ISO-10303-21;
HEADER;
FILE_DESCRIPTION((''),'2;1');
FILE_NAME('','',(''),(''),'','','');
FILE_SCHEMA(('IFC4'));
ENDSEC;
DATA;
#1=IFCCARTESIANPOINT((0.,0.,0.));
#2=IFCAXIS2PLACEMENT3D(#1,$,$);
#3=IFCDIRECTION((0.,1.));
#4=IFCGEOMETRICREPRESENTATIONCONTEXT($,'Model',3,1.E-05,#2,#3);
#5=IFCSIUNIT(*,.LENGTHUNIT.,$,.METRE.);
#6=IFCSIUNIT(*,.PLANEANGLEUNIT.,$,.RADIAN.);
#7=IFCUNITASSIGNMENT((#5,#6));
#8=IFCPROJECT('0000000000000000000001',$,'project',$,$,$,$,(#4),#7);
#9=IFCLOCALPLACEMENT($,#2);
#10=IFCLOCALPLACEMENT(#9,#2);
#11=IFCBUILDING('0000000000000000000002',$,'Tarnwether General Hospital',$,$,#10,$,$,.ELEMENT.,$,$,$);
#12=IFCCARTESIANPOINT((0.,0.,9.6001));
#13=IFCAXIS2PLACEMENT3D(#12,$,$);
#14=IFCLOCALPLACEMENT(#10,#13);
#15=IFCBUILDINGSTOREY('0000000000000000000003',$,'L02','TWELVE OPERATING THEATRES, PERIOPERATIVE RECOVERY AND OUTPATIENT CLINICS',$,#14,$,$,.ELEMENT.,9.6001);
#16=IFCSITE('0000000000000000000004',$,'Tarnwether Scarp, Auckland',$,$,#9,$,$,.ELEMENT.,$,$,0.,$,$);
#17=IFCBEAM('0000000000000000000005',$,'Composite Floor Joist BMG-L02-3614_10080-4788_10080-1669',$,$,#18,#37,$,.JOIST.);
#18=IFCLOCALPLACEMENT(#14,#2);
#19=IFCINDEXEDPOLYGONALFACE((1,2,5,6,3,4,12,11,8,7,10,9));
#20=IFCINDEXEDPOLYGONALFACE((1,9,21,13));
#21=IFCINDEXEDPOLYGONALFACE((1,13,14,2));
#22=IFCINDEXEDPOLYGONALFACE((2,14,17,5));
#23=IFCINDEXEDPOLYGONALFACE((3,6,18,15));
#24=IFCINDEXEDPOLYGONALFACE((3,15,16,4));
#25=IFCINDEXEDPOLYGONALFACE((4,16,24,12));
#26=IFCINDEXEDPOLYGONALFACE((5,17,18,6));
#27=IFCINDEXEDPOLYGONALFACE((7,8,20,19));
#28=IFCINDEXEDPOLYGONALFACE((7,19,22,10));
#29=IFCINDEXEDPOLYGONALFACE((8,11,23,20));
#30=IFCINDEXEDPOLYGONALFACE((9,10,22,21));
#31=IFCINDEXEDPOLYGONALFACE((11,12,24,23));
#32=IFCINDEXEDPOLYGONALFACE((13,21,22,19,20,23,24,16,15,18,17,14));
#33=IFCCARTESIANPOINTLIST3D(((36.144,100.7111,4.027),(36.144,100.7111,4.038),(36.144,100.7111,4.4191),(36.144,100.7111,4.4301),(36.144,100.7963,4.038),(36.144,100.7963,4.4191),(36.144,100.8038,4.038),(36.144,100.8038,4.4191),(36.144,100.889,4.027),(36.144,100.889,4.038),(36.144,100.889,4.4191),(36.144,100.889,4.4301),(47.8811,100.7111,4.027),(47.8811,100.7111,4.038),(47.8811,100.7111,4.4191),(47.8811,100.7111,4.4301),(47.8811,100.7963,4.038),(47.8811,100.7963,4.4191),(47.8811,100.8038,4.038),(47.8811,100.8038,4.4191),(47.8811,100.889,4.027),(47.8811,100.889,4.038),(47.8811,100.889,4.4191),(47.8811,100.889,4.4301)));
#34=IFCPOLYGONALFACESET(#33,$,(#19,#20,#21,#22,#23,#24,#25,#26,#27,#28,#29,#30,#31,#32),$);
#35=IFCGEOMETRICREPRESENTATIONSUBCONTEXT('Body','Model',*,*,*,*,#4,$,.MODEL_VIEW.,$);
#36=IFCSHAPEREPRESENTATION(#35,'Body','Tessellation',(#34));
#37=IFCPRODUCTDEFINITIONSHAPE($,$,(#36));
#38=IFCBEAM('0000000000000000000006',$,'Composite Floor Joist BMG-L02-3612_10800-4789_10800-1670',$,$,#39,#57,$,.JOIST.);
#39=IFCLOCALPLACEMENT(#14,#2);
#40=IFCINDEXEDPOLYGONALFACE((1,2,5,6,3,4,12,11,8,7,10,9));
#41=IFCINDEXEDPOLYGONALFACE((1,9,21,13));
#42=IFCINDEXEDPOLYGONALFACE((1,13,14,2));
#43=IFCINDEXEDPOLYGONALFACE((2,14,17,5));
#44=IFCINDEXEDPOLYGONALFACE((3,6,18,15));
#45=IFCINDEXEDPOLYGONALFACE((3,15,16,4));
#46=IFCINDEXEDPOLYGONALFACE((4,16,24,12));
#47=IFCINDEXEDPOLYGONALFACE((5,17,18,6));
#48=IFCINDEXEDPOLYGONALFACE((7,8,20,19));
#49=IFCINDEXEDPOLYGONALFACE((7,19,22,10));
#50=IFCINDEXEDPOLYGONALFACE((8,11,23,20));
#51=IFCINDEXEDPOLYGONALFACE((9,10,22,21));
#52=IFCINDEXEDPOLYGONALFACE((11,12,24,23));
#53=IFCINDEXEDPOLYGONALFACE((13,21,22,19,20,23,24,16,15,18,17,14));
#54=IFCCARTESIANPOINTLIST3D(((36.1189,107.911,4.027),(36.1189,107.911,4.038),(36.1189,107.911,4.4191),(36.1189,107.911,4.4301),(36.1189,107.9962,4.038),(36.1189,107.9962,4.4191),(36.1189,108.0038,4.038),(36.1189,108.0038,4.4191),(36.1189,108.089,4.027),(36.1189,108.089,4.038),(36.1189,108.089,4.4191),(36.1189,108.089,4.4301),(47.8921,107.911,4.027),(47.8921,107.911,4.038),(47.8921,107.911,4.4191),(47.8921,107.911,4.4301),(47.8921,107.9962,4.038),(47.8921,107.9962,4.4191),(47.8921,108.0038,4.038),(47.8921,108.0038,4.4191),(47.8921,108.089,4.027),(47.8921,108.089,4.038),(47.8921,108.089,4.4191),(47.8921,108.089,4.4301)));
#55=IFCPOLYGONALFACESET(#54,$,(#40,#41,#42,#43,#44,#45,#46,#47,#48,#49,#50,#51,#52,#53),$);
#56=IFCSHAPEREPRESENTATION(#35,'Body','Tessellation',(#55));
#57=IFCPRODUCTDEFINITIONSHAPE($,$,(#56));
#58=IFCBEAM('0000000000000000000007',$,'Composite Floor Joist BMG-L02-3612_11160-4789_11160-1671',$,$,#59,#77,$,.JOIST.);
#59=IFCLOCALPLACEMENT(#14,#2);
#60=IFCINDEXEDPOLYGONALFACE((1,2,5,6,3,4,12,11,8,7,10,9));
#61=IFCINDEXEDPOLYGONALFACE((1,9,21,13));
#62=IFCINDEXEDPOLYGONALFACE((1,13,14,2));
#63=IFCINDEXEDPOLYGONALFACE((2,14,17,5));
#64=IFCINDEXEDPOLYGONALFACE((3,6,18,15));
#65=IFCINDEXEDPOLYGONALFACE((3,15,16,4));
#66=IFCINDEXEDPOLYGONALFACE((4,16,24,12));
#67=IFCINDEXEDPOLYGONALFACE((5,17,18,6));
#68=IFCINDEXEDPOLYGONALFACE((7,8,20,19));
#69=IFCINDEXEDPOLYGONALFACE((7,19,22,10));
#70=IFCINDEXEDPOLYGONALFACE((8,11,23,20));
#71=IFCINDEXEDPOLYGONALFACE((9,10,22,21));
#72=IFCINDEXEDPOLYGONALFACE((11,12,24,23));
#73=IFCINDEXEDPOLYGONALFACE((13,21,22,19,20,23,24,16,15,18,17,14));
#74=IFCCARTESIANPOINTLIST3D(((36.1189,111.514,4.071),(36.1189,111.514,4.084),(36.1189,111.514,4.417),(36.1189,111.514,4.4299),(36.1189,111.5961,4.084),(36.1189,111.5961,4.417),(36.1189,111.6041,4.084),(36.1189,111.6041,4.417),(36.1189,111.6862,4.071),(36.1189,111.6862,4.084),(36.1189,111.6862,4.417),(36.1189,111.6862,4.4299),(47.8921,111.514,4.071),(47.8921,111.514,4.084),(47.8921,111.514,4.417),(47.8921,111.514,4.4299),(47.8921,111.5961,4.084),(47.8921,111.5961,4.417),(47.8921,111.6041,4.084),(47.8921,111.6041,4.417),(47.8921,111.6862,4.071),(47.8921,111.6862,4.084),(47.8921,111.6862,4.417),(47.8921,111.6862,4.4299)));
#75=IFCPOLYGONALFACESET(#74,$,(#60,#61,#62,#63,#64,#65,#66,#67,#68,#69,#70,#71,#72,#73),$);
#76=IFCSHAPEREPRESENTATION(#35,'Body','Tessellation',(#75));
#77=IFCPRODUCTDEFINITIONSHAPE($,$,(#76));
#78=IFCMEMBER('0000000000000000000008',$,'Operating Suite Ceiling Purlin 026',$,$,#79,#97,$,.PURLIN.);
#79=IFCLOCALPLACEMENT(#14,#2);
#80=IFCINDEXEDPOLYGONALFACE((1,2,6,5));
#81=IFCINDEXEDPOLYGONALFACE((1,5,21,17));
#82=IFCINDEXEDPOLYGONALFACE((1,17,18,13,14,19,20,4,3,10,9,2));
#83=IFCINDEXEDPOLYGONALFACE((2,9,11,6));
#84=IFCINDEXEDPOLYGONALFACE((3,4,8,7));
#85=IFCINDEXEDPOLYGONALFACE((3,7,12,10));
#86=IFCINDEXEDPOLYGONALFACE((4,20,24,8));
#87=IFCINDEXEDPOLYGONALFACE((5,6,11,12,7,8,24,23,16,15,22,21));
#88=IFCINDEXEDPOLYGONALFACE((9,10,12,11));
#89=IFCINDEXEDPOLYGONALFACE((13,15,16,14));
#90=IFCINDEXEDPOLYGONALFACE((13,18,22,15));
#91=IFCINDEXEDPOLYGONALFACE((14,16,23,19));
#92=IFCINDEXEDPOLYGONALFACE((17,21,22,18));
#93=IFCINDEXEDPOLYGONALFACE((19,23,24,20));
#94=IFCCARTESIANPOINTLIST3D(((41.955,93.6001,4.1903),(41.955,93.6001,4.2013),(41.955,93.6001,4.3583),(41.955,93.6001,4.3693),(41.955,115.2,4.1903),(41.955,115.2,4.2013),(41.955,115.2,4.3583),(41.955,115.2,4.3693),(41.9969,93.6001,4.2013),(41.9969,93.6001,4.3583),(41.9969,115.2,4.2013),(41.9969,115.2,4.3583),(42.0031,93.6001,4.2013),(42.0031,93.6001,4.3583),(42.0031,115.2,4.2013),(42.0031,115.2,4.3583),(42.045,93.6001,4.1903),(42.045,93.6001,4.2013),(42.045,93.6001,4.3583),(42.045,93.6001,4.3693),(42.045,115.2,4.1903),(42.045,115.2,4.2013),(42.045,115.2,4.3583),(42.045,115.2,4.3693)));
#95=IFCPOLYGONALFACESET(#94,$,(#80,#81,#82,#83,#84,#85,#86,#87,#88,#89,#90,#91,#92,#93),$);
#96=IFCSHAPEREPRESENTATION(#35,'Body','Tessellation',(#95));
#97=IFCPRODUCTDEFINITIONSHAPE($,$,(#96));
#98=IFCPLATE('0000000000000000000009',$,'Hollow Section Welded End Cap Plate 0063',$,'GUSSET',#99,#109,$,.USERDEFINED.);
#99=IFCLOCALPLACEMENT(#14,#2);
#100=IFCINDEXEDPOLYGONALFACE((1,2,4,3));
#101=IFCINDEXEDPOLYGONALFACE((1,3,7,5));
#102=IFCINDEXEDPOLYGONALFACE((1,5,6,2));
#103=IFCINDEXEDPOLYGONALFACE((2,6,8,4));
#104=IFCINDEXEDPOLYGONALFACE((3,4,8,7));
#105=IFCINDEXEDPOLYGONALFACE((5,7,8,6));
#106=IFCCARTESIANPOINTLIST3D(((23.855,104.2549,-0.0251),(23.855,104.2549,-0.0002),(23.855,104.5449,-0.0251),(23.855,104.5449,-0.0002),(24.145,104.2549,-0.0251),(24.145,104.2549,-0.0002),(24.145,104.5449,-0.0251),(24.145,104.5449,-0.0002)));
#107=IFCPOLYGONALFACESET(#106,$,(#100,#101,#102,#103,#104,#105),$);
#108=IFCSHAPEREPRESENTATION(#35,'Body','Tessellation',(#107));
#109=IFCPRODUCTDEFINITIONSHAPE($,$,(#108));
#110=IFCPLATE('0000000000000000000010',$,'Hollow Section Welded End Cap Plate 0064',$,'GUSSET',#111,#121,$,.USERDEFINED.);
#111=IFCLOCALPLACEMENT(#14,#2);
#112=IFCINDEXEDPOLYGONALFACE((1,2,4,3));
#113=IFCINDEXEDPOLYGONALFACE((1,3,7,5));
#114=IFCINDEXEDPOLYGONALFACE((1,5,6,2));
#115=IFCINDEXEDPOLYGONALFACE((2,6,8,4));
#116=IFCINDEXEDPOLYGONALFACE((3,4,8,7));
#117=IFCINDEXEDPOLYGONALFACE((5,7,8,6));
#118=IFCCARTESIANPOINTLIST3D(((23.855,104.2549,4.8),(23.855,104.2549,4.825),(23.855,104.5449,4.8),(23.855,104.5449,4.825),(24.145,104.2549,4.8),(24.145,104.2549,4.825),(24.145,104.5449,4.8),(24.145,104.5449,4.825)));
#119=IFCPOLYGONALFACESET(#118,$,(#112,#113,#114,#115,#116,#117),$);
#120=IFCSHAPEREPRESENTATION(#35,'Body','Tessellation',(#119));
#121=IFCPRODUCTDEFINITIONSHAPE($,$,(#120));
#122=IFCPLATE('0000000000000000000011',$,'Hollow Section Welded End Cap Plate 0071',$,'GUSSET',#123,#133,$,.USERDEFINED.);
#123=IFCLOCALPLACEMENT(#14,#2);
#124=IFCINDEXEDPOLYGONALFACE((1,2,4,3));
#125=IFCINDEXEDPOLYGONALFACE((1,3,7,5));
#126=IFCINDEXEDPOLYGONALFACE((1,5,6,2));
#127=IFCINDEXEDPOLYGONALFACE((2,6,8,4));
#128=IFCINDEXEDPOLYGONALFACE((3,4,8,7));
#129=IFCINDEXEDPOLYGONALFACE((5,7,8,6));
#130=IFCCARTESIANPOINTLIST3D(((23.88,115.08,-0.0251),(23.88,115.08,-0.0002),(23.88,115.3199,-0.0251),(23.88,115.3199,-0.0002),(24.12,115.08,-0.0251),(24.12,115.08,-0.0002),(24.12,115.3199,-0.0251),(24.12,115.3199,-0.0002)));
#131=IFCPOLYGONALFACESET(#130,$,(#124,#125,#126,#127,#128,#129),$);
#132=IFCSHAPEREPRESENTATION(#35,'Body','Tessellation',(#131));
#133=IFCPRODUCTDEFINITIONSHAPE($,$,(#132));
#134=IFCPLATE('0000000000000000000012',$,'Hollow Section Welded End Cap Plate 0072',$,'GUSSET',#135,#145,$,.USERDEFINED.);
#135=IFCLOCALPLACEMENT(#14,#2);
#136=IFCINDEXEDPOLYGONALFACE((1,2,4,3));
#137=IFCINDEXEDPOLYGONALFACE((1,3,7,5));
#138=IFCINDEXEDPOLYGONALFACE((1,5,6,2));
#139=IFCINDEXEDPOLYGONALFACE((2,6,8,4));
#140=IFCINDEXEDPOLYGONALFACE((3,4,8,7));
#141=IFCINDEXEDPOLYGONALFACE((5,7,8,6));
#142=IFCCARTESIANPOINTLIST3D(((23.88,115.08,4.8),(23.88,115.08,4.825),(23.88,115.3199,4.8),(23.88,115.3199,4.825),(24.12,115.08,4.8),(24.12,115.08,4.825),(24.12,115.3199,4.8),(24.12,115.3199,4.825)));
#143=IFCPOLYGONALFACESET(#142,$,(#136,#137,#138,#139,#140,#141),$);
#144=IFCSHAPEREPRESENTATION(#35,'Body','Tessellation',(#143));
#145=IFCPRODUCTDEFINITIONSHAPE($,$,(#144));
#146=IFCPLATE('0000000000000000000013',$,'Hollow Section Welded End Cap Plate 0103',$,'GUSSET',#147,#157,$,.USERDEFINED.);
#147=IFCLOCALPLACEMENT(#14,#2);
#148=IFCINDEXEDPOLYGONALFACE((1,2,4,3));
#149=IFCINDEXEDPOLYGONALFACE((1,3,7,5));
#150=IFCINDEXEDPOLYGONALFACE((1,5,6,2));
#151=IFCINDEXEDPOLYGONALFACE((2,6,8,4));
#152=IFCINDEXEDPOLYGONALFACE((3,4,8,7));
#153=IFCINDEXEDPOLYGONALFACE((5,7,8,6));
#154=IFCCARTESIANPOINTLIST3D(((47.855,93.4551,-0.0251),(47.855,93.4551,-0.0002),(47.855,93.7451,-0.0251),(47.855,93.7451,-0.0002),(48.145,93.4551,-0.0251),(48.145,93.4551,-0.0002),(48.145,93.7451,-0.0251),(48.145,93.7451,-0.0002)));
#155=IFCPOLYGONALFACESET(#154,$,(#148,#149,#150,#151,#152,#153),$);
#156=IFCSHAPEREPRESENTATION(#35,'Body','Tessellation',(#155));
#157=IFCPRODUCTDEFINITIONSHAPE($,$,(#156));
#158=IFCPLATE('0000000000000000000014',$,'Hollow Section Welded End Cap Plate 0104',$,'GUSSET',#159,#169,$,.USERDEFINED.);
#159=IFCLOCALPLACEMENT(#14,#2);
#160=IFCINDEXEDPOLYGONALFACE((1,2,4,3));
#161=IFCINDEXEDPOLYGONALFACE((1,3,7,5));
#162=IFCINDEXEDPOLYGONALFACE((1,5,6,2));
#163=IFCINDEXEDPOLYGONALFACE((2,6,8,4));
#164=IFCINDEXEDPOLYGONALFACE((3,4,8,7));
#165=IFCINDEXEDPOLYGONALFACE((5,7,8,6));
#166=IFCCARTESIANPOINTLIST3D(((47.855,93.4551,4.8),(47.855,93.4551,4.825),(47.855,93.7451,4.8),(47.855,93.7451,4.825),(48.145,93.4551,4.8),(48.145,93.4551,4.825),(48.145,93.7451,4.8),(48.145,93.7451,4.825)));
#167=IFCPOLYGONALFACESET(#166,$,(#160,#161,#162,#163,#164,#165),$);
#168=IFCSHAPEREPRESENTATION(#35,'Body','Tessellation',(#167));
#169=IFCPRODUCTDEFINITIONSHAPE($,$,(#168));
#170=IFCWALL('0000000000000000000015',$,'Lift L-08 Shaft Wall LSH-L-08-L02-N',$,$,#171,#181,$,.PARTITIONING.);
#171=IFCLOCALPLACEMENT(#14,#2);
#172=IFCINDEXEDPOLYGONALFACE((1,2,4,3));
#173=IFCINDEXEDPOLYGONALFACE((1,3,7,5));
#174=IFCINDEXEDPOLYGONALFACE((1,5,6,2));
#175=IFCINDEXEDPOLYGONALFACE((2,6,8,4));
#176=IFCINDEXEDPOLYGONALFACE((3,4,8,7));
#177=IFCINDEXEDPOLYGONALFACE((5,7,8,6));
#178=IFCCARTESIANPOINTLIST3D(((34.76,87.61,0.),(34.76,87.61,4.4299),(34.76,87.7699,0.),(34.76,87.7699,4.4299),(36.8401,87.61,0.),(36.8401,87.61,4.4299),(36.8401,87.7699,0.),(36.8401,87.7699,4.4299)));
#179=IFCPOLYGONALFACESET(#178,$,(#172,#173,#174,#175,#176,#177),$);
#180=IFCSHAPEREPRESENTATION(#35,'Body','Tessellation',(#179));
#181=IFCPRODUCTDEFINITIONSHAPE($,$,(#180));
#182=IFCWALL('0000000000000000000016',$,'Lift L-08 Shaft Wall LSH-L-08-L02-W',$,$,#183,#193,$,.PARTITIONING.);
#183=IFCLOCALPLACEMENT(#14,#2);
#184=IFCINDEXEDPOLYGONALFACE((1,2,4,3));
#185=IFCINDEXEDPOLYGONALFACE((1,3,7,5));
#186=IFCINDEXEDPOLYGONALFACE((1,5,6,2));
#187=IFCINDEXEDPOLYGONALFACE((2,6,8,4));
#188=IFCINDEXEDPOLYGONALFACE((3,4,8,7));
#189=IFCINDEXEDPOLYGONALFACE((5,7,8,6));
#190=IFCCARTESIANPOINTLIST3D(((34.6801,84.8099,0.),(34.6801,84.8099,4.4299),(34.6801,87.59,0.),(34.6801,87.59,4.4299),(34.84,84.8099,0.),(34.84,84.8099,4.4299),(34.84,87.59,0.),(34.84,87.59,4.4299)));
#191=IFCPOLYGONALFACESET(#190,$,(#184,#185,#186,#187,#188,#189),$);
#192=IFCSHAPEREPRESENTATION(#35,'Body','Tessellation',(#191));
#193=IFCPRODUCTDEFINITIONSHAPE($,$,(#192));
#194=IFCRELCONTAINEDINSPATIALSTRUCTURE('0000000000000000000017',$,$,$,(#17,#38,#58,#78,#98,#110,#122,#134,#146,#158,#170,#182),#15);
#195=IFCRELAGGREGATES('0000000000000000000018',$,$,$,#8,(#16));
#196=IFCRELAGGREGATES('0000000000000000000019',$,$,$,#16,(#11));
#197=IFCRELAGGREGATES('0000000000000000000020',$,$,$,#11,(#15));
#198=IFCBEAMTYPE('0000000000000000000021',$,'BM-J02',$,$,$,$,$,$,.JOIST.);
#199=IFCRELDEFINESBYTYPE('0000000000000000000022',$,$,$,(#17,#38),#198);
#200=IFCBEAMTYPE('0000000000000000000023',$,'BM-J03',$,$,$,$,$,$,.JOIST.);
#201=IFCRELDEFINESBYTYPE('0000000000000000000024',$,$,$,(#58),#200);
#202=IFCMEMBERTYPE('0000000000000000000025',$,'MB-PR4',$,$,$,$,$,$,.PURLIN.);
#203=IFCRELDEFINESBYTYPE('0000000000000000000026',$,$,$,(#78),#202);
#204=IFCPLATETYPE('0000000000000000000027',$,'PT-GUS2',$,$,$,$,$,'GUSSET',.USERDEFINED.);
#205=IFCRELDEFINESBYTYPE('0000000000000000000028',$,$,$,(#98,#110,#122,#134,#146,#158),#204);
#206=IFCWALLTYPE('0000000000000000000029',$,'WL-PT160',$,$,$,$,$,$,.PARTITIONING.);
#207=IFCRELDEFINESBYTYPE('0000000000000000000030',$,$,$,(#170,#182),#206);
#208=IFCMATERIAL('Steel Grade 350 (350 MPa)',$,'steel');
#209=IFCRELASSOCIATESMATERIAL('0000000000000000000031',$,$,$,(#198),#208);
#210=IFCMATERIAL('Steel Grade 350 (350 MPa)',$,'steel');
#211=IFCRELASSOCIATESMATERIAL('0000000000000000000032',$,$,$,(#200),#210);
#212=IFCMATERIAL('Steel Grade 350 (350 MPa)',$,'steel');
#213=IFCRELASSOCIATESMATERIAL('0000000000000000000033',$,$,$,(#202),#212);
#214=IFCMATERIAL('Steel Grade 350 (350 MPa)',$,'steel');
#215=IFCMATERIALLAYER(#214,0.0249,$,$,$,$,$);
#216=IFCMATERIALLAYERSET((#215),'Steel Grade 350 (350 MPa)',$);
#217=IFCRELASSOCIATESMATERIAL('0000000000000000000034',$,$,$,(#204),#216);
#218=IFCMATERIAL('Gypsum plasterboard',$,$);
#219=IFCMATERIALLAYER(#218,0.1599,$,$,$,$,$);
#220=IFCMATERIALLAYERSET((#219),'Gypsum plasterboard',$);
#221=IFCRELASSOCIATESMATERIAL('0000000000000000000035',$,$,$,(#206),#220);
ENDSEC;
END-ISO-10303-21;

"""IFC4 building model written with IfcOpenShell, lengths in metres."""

from ifc_helpers import new_model, si_unit, direction, frame, frame_2d, origin, origin_2d, place, context, subcontext, project, spatial, rectangle, i_section, extrude, material, layer, layer_set, material_profile, profile_set, type_object, element, save


model = new_model("IFC4")

# Units and contexts
model_context = context("Model", 3, precision=1e-05, world=origin(), true_north=direction((0.0, 1.0)))
body_context = subcontext(model_context, "Body", "Model", "MODEL_VIEW")
ifc_project = project(units=[si_unit("LENGTHUNIT", "METRE"), si_unit("PLANEANGLEUNIT", "RADIAN")], contexts=[model_context])

# Site, building, storey
site_placement = place(None, origin())
site = spatial("IfcSite", under=ifc_project, at=site_placement, Name="Tarnwether Scarp, Auckland", CompositionType="ELEMENT", RefElevation=0.0)
building_placement = place(site_placement, origin())
building = spatial("IfcBuilding", under=site, at=building_placement, Name="Tarnwether General Hospital", CompositionType="ELEMENT")
storey_placement = place(building_placement, frame((0.0, 0.0, 9.6001)))
storey = spatial("IfcBuildingStorey", under=building, at=storey_placement, Name="L02", Description="TWELVE OPERATING THEATRES, PERIOPERATIVE RECOVERY AND OUTPATIENT CLINICS", CompositionType="ELEMENT", Elevation=9.6001)

# Beams
ifc_material_1 = material(Name="Steel Grade 350 (350 MPa)", Category="steel")
ifc_material_profile_1 = material_profile(ifc_material_1, i_section(OverallWidth=0.178, OverallDepth=0.4031, WebThickness=0.0076, FlangeThickness=0.011, at=origin_2d()), Name="410UB53.7")
ifc_profile_set_1 = profile_set([ifc_material_profile_1], Name="Steel Grade 350 (350 MPa)")
beam_type_1 = type_object("IfcBeamType", Name="BM-J02", PredefinedType="JOIST", material=ifc_profile_set_1)
for number, where, z_axis, x_axis, name in (
    (1, (36.144, 100.8, 4.2285), (1.0, 0.0, 0.0), (0.0, 1.0, 0.0), "Composite Floor Joist BMG-L02-3614_10080-4788_10080-1669"),
):
    element("IfcBeam", number, at=place(storey_placement, frame(where, z_axis=z_axis, x_axis=x_axis)), inside=storey, type_object=beam_type_1, Name=name, PredefinedType="JOIST", context=body_context, shape_type="SweptSolid", body=[
        extrude(i_section(OverallWidth=0.178, OverallDepth=0.4031, WebThickness=0.0076, FlangeThickness=0.011, at=origin_2d()), origin(), (0.0, 0.0, 1.0), 11.7371),
    ])
beam_1_placement = place(storey_placement, frame((36.1189, 108.0, 4.2285), z_axis=(1.0, 0.0, 0.0), x_axis=(0.0, 1.0, 0.0)))
element("IfcBeam", 2, at=beam_1_placement, inside=storey, type_object=beam_type_1, Name="Composite Floor Joist BMG-L02-3612_10800-4789_10800-1670", PredefinedType="JOIST", context=body_context, shape_type="SweptSolid", body=[
    extrude(i_section(OverallWidth=0.178, OverallDepth=0.4031, WebThickness=0.0076, FlangeThickness=0.011, at=origin_2d()), origin(), (0.0, 0.0, 1.0), 11.7732),
])
ifc_material_2 = material(Name="Steel Grade 350 (350 MPa)", Category="steel")
ifc_material_profile_2 = material_profile(ifc_material_2, i_section(OverallWidth=0.1721, OverallDepth=0.3589, WebThickness=0.0081, FlangeThickness=0.0129, at=origin_2d()), Name="360UB56.7")
ifc_profile_set_2 = profile_set([ifc_material_profile_2], Name="Steel Grade 350 (350 MPa)")
beam_type_2 = type_object("IfcBeamType", Name="BM-J03", PredefinedType="JOIST", material=ifc_profile_set_2)
beam_2_placement = place(storey_placement, frame((36.1189, 111.6001, 4.2505), z_axis=(1.0, 0.0, 0.0), x_axis=(0.0, 1.0, 0.0)))
element("IfcBeam", 3, at=beam_2_placement, inside=storey, type_object=beam_type_2, Name="Composite Floor Joist BMG-L02-3612_11160-4789_11160-1671", PredefinedType="JOIST", context=body_context, shape_type="SweptSolid", body=[
    extrude(i_section(OverallWidth=0.1721, OverallDepth=0.3589, WebThickness=0.0081, FlangeThickness=0.0129, at=origin_2d()), origin(), (0.0, 0.0, 1.0), 11.7732),
])

# Member
ifc_material_3 = material(Name="Steel Grade 350 (350 MPa)", Category="steel")
ifc_material_profile_3 = material_profile(ifc_material_3, i_section(OverallWidth=0.0901, OverallDepth=0.179, WebThickness=0.0061, FlangeThickness=0.011, at=origin_2d()), Name="180UB22.2")
ifc_profile_set_3 = profile_set([ifc_material_profile_3], Name="Steel Grade 350 (350 MPa)")
member_type = type_object("IfcMemberType", Name="MB-PR4", PredefinedType="PURLIN", material=ifc_profile_set_3)
member_placement = place(storey_placement, frame((42.0, 93.6001, 4.2798), z_axis=(0.0, 1.0, 0.0), x_axis=(-1.0, 0.0, 0.0)))
element("IfcMember", 4, at=member_placement, inside=storey, type_object=member_type, Name="Operating Suite Ceiling Purlin 026", PredefinedType="PURLIN", context=body_context, shape_type="SweptSolid", body=[
    extrude(i_section(OverallWidth=0.0901, OverallDepth=0.179, WebThickness=0.0061, FlangeThickness=0.011, at=origin_2d()), origin(), (0.0, 0.0, 1.0), 21.5999),
])

# Plates
ifc_material_4 = material(Name="Steel Grade 350 (350 MPa)", Category="steel")
ifc_layer_1 = layer(ifc_material_4, 0.0249)
ifc_layer_set_1 = layer_set([ifc_layer_1], Name="Steel Grade 350 (350 MPa)")
plate_type = type_object("IfcPlateType", Name="PT-GUS2", ElementType="GUSSET", PredefinedType="USERDEFINED", material=ifc_layer_set_1)
for number, where, z_axis, x_axis, name in (
    (5, (24.0, 104.3999, -0.0251), (0.0, 0.0, 1.0), (1.0, 0.0, 0.0), "Hollow Section Welded End Cap Plate 0063"),
    (6, (24.0, 104.3999, 4.8), (0.0, 0.0, 1.0), (1.0, 0.0, 0.0), "Hollow Section Welded End Cap Plate 0064"),
):
    element("IfcPlate", number, at=place(storey_placement, frame(where, z_axis=z_axis, x_axis=x_axis)), inside=storey, type_object=plate_type, Name=name, ObjectType="GUSSET", PredefinedType="USERDEFINED", context=body_context, shape_type="SweptSolid", body=[
        extrude(rectangle(XDim=0.29, YDim=0.29, at=origin_2d()), origin(), (0.0, 0.0, 1.0), 0.0249),
    ])
for number, where, z_axis, x_axis, name in (
    (7, (24.0, 115.2, -0.0251), (0.0, 0.0, 1.0), (1.0, 0.0, 0.0), "Hollow Section Welded End Cap Plate 0071"),
    (8, (24.0, 115.2, 4.8), (0.0, 0.0, 1.0), (1.0, 0.0, 0.0), "Hollow Section Welded End Cap Plate 0072"),
):
    element("IfcPlate", number, at=place(storey_placement, frame(where, z_axis=z_axis, x_axis=x_axis)), inside=storey, type_object=plate_type, Name=name, ObjectType="GUSSET", PredefinedType="USERDEFINED", context=body_context, shape_type="SweptSolid", body=[
        extrude(rectangle(XDim=0.24, YDim=0.24, at=origin_2d()), origin(), (0.0, 0.0, 1.0), 0.0249),
    ])
for number, where, z_axis, x_axis, name in (
    (9, (48.0, 93.6001, -0.0251), (0.0, 0.0, 1.0), (1.0, 0.0, 0.0), "Hollow Section Welded End Cap Plate 0103"),
    (10, (48.0, 93.6001, 4.8), (0.0, 0.0, 1.0), (1.0, 0.0, 0.0), "Hollow Section Welded End Cap Plate 0104"),
):
    element("IfcPlate", number, at=place(storey_placement, frame(where, z_axis=z_axis, x_axis=x_axis)), inside=storey, type_object=plate_type, Name=name, ObjectType="GUSSET", PredefinedType="USERDEFINED", context=body_context, shape_type="SweptSolid", body=[
        extrude(rectangle(XDim=0.29, YDim=0.29, at=origin_2d()), origin(), (0.0, 0.0, 1.0), 0.0249),
    ])

# Walls
ifc_material_5 = material(Name="Gypsum plasterboard")
ifc_layer_2 = layer(ifc_material_5, 0.1599)
ifc_layer_set_2 = layer_set([ifc_layer_2], Name="Gypsum plasterboard")
wall_type_1 = type_object("IfcWallType", Name="WL-PT160", PredefinedType="PARTITIONING", material=ifc_layer_set_2)
wall_1_placement = place(storey_placement, frame((36.8401, 87.6899, 0.0), z_axis=(0.0, 0.0, 1.0), x_axis=(-1.0, 0.0, 0.0)))
element("IfcWall", 11, at=wall_1_placement, inside=storey, type_object=wall_type_1, Name="Lift L-08 Shaft Wall LSH-L-08-L02-N", PredefinedType="PARTITIONING", context=body_context, shape_type="SweptSolid", body=[
    extrude(rectangle(XDim=2.0801, YDim=0.1599, at=frame_2d((1.04, 0.0))), origin(), (0.0, 0.0, 1.0), 4.4299),
])
wall_2_placement = place(storey_placement, frame((34.76, 87.5901, 0.0), z_axis=(0.0, 0.0, 1.0), x_axis=(0.0, -1.0, 0.0)))
element("IfcWall", 12, at=wall_2_placement, inside=storey, type_object=wall_type_1, Name="Lift L-08 Shaft Wall LSH-L-08-L02-W", PredefinedType="PARTITIONING", context=body_context, shape_type="SweptSolid", body=[
    extrude(rectangle(XDim=2.78, YDim=0.1599, at=frame_2d((1.3901, 0.0))), origin(), (0.0, 0.0, 1.0), 4.4299),
])

save(model, "model.ifc")
